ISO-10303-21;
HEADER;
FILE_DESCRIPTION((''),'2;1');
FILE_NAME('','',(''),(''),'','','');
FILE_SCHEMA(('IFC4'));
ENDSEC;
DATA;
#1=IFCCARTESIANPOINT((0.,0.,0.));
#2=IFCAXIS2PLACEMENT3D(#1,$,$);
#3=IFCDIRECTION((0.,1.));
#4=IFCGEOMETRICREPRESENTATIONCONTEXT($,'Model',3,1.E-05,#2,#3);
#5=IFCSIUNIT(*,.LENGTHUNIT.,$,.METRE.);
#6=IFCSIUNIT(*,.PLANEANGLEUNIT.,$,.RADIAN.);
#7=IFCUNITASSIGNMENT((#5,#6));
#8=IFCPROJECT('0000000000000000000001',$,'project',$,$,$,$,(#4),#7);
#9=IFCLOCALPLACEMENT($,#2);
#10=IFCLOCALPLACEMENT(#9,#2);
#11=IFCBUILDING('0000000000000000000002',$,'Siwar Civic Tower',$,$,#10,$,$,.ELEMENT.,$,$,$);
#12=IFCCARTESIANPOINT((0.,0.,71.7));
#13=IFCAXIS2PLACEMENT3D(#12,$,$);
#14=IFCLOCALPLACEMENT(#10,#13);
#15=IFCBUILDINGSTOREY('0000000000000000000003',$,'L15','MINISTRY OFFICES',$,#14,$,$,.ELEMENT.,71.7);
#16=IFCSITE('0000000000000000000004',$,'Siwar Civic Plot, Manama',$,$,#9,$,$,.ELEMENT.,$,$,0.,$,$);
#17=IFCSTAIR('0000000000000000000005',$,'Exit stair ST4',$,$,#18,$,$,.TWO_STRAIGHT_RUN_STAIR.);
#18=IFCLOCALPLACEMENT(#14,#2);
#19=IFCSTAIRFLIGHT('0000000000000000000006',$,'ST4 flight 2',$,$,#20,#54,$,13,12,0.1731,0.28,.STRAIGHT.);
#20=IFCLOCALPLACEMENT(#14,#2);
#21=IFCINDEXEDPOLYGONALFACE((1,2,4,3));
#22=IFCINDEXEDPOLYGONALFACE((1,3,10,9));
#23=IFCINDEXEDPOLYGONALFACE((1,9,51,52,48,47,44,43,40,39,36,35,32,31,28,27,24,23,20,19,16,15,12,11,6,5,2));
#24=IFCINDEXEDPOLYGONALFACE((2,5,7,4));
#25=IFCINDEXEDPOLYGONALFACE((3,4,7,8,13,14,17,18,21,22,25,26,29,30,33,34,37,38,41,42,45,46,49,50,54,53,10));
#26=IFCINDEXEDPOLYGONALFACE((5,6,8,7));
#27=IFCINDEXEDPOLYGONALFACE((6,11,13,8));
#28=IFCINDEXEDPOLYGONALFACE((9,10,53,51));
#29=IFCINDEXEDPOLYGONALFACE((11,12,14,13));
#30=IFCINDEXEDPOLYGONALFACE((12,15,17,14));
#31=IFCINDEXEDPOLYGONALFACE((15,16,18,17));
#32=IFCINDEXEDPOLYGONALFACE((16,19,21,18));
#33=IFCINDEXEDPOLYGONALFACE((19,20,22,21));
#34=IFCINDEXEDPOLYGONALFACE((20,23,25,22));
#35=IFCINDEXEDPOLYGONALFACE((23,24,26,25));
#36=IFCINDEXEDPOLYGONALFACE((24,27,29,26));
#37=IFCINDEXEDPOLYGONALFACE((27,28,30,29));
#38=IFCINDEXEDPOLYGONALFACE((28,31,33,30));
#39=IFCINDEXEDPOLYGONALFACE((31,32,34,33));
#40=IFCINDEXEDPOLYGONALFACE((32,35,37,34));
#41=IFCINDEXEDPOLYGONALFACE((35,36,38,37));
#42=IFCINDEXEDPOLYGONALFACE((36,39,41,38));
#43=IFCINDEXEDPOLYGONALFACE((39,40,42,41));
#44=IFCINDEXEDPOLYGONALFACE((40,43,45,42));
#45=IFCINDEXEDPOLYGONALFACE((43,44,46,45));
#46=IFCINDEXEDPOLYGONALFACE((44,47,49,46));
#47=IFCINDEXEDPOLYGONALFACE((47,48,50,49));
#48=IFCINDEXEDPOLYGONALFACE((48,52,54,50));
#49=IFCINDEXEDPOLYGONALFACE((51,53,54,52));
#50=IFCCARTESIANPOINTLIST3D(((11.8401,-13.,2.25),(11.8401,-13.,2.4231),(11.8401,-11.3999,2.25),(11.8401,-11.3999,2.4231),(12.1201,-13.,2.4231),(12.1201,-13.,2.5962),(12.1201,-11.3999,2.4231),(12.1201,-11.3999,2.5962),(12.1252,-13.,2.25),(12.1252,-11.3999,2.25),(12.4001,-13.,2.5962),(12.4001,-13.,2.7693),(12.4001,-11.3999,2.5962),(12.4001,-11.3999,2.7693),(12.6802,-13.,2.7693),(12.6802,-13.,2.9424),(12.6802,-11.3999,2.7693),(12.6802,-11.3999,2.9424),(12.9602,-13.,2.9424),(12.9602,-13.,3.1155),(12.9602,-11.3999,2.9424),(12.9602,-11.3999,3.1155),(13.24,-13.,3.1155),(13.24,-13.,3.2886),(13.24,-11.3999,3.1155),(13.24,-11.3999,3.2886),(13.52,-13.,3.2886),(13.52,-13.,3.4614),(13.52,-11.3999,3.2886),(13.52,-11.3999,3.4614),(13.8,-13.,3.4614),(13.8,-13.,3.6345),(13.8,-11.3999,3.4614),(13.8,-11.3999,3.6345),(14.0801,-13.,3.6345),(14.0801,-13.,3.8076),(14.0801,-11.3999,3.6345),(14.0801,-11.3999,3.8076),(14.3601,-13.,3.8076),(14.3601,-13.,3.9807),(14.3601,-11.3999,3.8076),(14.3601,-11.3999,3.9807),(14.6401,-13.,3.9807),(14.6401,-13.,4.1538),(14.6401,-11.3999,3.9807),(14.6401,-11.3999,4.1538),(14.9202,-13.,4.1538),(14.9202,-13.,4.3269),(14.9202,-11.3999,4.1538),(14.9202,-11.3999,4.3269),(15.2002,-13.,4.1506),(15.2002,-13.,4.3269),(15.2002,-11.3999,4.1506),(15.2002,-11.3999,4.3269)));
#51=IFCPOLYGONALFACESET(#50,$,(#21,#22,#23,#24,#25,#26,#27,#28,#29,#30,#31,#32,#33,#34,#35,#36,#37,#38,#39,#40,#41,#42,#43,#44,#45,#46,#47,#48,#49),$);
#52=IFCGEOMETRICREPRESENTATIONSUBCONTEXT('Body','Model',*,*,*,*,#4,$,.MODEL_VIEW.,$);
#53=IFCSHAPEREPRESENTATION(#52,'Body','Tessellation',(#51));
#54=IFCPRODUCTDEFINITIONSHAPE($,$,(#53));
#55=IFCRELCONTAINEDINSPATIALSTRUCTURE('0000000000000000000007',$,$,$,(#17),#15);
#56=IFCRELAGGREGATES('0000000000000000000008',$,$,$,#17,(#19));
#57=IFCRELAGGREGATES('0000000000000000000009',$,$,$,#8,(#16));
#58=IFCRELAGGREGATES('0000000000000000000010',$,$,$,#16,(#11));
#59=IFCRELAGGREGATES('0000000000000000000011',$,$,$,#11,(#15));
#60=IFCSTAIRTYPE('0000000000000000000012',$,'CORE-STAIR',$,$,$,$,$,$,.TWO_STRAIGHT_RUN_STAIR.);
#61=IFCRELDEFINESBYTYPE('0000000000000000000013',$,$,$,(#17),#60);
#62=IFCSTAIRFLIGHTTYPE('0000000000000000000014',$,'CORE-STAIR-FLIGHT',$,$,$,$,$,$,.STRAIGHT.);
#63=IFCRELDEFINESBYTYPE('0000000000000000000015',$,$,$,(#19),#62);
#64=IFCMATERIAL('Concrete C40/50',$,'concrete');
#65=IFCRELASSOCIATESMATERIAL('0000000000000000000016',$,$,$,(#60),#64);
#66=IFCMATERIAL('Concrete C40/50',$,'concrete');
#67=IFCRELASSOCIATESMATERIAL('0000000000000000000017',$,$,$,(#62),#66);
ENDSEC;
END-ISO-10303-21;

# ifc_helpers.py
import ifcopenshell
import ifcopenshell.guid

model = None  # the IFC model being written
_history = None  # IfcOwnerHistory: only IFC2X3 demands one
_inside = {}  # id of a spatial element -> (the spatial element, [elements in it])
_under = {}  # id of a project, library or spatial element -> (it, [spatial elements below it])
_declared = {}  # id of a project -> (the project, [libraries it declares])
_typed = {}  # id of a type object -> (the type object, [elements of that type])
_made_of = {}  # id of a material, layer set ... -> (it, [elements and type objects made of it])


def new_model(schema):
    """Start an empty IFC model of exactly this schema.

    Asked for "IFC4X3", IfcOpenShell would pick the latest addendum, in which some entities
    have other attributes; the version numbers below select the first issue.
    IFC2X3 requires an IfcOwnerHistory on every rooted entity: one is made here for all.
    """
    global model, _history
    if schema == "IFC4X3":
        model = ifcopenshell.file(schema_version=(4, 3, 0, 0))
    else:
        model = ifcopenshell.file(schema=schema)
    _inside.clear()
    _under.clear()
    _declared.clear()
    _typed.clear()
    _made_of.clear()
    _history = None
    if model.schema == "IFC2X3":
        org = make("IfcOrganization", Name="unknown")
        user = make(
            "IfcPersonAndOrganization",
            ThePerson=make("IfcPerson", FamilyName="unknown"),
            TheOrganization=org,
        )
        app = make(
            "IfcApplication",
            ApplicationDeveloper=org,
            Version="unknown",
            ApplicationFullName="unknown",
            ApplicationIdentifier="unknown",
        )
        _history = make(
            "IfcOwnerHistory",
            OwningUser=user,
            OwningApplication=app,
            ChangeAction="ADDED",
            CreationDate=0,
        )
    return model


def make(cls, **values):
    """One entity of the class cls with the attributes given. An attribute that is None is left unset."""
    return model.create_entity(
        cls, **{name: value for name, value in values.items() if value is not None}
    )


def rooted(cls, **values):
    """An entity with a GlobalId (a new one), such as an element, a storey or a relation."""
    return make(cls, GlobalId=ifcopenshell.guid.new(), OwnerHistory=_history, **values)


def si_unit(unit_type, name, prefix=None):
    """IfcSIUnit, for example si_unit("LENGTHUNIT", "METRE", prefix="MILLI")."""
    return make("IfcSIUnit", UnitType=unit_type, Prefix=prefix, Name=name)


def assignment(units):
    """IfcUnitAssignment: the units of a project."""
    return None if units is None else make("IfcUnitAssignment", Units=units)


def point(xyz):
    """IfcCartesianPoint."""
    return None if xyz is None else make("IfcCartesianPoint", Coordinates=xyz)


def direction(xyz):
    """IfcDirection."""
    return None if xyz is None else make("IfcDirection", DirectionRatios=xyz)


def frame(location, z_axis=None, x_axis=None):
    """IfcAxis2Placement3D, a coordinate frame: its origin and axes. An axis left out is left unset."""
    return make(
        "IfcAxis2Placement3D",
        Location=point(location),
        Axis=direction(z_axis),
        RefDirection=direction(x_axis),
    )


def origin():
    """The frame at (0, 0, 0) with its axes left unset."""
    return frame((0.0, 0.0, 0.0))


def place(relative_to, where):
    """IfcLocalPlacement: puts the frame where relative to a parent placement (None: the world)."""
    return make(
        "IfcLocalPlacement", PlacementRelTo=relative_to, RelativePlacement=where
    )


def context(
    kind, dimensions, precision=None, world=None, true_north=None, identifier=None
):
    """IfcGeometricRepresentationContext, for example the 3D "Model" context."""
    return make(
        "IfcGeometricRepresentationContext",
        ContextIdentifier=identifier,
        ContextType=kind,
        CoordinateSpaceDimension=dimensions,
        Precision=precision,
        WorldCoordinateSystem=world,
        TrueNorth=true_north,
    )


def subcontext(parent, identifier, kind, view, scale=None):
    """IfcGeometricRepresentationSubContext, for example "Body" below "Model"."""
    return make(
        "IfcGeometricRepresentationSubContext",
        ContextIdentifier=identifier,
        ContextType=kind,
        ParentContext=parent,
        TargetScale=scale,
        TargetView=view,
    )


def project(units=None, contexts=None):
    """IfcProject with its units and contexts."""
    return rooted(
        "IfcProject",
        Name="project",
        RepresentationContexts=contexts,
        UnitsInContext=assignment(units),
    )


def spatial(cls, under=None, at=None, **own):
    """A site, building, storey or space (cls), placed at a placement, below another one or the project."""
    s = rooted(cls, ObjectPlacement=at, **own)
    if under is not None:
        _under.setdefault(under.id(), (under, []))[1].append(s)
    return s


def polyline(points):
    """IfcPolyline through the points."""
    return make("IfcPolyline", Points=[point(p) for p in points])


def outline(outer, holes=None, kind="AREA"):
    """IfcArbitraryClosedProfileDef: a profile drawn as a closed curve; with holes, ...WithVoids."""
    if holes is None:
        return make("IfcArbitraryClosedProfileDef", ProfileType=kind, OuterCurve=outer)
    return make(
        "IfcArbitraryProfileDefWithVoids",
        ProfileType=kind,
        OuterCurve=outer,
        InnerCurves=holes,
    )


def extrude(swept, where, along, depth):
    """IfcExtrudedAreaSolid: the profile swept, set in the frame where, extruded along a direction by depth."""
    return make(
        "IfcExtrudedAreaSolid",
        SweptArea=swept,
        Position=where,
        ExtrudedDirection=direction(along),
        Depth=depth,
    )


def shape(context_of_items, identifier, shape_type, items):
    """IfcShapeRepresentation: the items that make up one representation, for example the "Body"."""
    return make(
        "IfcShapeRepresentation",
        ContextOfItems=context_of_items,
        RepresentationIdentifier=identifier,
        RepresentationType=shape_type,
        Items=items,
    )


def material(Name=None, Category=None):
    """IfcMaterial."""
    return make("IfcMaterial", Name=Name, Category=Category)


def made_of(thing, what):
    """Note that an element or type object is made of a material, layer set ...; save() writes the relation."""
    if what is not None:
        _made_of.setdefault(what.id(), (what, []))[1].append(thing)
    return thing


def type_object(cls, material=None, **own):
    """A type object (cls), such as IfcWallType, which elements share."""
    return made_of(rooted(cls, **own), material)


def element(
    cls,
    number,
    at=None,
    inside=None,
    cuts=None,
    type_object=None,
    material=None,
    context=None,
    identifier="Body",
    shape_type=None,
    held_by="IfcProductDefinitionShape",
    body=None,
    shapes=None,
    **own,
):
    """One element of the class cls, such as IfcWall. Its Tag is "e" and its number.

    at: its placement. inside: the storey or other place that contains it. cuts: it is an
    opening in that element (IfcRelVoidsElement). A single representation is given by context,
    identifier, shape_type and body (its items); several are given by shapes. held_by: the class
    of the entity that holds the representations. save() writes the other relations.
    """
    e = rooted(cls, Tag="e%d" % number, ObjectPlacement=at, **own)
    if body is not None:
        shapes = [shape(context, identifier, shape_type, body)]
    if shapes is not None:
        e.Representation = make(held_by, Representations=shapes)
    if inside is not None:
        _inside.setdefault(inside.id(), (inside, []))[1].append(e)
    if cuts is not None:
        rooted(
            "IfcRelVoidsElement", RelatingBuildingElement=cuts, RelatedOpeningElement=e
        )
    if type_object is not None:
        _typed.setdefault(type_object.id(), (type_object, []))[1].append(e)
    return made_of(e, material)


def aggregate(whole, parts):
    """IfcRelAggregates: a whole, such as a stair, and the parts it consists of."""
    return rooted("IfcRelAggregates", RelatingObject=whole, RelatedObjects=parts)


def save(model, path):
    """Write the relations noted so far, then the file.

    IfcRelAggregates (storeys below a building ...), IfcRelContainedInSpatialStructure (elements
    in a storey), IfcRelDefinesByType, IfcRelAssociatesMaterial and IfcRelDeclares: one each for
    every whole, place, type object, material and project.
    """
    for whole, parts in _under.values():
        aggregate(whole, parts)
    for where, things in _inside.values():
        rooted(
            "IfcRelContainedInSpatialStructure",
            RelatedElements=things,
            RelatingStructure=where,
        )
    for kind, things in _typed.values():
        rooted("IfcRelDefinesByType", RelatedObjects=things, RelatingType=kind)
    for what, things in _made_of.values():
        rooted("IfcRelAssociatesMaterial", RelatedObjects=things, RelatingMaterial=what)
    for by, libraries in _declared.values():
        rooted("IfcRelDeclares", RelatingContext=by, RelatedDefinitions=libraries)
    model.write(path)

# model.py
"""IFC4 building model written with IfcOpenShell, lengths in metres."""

from ifc_helpers import new_model, si_unit, direction, frame, origin, place, context, subcontext, project, spatial, polyline, outline, extrude, material, type_object, element, aggregate, save


model = new_model("IFC4")

# Units and contexts
model_context = context("Model", 3, precision=1e-05, world=origin(), true_north=direction((0.0, 1.0)))
body_context = subcontext(model_context, "Body", "Model", "MODEL_VIEW")
ifc_project = project(units=[si_unit("LENGTHUNIT", "METRE"), si_unit("PLANEANGLEUNIT", "RADIAN")], contexts=[model_context])

# Site, building, storey
site_placement = place(None, origin())
site = spatial("IfcSite", under=ifc_project, at=site_placement, Name="Siwar Civic Plot, Manama", CompositionType="ELEMENT", RefElevation=0.0)
building_placement = place(site_placement, origin())
building = spatial("IfcBuilding", under=site, at=building_placement, Name="Siwar Civic Tower", CompositionType="ELEMENT")
storey_placement = place(building_placement, frame((0.0, 0.0, 71.7)))
storey = spatial("IfcBuildingStorey", under=building, at=storey_placement, Name="L15", Description="MINISTRY OFFICES", CompositionType="ELEMENT", Elevation=71.7)

# Stair, stair flight
ifc_material_1 = material(Name="Concrete C40/50", Category="concrete")
stair_type = type_object("IfcStairType", Name="CORE-STAIR", PredefinedType="TWO_STRAIGHT_RUN_STAIR", material=ifc_material_1)
stair_placement = place(storey_placement, origin())
stair = element("IfcStair", 1, at=stair_placement, inside=storey, type_object=stair_type, Name="Exit stair ST4", PredefinedType="TWO_STRAIGHT_RUN_STAIR")
ifc_material_2 = material(Name="Concrete C40/50", Category="concrete")
stair_flight_type = type_object("IfcStairFlightType", Name="CORE-STAIR-FLIGHT", PredefinedType="STRAIGHT", material=ifc_material_2)
stair_flight_placement = place(storey_placement, frame((11.8401, -12.2, 2.25), z_axis=(0.0, 0.0, 1.0), x_axis=(1.0, 0.0, 0.0)))
stair_flight = element("IfcStairFlight", 2, at=stair_flight_placement, type_object=stair_flight_type, Name="ST4 flight 2", NumberOfRisers=13, NumberOfTreads=12, PredefinedType="STRAIGHT", RiserHeight=0.1731, TreadLength=0.28, context=body_context, shape_type="SweptSolid", body=[
    extrude(outline(polyline([(0.0, 0.0), (0.0, 0.1731), (0.28, 0.1731), (0.28, 0.3462), (0.5601, 0.3462), (0.5601, 0.5193), (0.8401, 0.5193), (0.8401, 0.6924), (1.1201, 0.6924), (1.1201, 0.8655), (1.3999, 0.8655), (1.3999, 1.0386), (1.6799, 1.0386), (1.6799, 1.2114), (1.96, 1.2114), (1.96, 1.3845), (2.24, 1.3845), (2.24, 1.5576), (2.52, 1.5576), (2.52, 1.7307), (2.8, 1.7307), (2.8, 1.9038), (3.0801, 1.9038), (3.0801, 2.0769), (3.3601, 2.0769), (3.3601, 2.25), (3.3601, 1.9006), (0.2852, 0.0), (0.0, 0.0)])), frame((0.0, 0.8, 0.0), z_axis=(0.0, -1.0, 0.0), x_axis=(1.0, 0.0, 0.0)), (0.0, 0.0, 1.0), 1.6001),
])
aggregate(stair, [stair_flight])

save(model, "model.ifc")
